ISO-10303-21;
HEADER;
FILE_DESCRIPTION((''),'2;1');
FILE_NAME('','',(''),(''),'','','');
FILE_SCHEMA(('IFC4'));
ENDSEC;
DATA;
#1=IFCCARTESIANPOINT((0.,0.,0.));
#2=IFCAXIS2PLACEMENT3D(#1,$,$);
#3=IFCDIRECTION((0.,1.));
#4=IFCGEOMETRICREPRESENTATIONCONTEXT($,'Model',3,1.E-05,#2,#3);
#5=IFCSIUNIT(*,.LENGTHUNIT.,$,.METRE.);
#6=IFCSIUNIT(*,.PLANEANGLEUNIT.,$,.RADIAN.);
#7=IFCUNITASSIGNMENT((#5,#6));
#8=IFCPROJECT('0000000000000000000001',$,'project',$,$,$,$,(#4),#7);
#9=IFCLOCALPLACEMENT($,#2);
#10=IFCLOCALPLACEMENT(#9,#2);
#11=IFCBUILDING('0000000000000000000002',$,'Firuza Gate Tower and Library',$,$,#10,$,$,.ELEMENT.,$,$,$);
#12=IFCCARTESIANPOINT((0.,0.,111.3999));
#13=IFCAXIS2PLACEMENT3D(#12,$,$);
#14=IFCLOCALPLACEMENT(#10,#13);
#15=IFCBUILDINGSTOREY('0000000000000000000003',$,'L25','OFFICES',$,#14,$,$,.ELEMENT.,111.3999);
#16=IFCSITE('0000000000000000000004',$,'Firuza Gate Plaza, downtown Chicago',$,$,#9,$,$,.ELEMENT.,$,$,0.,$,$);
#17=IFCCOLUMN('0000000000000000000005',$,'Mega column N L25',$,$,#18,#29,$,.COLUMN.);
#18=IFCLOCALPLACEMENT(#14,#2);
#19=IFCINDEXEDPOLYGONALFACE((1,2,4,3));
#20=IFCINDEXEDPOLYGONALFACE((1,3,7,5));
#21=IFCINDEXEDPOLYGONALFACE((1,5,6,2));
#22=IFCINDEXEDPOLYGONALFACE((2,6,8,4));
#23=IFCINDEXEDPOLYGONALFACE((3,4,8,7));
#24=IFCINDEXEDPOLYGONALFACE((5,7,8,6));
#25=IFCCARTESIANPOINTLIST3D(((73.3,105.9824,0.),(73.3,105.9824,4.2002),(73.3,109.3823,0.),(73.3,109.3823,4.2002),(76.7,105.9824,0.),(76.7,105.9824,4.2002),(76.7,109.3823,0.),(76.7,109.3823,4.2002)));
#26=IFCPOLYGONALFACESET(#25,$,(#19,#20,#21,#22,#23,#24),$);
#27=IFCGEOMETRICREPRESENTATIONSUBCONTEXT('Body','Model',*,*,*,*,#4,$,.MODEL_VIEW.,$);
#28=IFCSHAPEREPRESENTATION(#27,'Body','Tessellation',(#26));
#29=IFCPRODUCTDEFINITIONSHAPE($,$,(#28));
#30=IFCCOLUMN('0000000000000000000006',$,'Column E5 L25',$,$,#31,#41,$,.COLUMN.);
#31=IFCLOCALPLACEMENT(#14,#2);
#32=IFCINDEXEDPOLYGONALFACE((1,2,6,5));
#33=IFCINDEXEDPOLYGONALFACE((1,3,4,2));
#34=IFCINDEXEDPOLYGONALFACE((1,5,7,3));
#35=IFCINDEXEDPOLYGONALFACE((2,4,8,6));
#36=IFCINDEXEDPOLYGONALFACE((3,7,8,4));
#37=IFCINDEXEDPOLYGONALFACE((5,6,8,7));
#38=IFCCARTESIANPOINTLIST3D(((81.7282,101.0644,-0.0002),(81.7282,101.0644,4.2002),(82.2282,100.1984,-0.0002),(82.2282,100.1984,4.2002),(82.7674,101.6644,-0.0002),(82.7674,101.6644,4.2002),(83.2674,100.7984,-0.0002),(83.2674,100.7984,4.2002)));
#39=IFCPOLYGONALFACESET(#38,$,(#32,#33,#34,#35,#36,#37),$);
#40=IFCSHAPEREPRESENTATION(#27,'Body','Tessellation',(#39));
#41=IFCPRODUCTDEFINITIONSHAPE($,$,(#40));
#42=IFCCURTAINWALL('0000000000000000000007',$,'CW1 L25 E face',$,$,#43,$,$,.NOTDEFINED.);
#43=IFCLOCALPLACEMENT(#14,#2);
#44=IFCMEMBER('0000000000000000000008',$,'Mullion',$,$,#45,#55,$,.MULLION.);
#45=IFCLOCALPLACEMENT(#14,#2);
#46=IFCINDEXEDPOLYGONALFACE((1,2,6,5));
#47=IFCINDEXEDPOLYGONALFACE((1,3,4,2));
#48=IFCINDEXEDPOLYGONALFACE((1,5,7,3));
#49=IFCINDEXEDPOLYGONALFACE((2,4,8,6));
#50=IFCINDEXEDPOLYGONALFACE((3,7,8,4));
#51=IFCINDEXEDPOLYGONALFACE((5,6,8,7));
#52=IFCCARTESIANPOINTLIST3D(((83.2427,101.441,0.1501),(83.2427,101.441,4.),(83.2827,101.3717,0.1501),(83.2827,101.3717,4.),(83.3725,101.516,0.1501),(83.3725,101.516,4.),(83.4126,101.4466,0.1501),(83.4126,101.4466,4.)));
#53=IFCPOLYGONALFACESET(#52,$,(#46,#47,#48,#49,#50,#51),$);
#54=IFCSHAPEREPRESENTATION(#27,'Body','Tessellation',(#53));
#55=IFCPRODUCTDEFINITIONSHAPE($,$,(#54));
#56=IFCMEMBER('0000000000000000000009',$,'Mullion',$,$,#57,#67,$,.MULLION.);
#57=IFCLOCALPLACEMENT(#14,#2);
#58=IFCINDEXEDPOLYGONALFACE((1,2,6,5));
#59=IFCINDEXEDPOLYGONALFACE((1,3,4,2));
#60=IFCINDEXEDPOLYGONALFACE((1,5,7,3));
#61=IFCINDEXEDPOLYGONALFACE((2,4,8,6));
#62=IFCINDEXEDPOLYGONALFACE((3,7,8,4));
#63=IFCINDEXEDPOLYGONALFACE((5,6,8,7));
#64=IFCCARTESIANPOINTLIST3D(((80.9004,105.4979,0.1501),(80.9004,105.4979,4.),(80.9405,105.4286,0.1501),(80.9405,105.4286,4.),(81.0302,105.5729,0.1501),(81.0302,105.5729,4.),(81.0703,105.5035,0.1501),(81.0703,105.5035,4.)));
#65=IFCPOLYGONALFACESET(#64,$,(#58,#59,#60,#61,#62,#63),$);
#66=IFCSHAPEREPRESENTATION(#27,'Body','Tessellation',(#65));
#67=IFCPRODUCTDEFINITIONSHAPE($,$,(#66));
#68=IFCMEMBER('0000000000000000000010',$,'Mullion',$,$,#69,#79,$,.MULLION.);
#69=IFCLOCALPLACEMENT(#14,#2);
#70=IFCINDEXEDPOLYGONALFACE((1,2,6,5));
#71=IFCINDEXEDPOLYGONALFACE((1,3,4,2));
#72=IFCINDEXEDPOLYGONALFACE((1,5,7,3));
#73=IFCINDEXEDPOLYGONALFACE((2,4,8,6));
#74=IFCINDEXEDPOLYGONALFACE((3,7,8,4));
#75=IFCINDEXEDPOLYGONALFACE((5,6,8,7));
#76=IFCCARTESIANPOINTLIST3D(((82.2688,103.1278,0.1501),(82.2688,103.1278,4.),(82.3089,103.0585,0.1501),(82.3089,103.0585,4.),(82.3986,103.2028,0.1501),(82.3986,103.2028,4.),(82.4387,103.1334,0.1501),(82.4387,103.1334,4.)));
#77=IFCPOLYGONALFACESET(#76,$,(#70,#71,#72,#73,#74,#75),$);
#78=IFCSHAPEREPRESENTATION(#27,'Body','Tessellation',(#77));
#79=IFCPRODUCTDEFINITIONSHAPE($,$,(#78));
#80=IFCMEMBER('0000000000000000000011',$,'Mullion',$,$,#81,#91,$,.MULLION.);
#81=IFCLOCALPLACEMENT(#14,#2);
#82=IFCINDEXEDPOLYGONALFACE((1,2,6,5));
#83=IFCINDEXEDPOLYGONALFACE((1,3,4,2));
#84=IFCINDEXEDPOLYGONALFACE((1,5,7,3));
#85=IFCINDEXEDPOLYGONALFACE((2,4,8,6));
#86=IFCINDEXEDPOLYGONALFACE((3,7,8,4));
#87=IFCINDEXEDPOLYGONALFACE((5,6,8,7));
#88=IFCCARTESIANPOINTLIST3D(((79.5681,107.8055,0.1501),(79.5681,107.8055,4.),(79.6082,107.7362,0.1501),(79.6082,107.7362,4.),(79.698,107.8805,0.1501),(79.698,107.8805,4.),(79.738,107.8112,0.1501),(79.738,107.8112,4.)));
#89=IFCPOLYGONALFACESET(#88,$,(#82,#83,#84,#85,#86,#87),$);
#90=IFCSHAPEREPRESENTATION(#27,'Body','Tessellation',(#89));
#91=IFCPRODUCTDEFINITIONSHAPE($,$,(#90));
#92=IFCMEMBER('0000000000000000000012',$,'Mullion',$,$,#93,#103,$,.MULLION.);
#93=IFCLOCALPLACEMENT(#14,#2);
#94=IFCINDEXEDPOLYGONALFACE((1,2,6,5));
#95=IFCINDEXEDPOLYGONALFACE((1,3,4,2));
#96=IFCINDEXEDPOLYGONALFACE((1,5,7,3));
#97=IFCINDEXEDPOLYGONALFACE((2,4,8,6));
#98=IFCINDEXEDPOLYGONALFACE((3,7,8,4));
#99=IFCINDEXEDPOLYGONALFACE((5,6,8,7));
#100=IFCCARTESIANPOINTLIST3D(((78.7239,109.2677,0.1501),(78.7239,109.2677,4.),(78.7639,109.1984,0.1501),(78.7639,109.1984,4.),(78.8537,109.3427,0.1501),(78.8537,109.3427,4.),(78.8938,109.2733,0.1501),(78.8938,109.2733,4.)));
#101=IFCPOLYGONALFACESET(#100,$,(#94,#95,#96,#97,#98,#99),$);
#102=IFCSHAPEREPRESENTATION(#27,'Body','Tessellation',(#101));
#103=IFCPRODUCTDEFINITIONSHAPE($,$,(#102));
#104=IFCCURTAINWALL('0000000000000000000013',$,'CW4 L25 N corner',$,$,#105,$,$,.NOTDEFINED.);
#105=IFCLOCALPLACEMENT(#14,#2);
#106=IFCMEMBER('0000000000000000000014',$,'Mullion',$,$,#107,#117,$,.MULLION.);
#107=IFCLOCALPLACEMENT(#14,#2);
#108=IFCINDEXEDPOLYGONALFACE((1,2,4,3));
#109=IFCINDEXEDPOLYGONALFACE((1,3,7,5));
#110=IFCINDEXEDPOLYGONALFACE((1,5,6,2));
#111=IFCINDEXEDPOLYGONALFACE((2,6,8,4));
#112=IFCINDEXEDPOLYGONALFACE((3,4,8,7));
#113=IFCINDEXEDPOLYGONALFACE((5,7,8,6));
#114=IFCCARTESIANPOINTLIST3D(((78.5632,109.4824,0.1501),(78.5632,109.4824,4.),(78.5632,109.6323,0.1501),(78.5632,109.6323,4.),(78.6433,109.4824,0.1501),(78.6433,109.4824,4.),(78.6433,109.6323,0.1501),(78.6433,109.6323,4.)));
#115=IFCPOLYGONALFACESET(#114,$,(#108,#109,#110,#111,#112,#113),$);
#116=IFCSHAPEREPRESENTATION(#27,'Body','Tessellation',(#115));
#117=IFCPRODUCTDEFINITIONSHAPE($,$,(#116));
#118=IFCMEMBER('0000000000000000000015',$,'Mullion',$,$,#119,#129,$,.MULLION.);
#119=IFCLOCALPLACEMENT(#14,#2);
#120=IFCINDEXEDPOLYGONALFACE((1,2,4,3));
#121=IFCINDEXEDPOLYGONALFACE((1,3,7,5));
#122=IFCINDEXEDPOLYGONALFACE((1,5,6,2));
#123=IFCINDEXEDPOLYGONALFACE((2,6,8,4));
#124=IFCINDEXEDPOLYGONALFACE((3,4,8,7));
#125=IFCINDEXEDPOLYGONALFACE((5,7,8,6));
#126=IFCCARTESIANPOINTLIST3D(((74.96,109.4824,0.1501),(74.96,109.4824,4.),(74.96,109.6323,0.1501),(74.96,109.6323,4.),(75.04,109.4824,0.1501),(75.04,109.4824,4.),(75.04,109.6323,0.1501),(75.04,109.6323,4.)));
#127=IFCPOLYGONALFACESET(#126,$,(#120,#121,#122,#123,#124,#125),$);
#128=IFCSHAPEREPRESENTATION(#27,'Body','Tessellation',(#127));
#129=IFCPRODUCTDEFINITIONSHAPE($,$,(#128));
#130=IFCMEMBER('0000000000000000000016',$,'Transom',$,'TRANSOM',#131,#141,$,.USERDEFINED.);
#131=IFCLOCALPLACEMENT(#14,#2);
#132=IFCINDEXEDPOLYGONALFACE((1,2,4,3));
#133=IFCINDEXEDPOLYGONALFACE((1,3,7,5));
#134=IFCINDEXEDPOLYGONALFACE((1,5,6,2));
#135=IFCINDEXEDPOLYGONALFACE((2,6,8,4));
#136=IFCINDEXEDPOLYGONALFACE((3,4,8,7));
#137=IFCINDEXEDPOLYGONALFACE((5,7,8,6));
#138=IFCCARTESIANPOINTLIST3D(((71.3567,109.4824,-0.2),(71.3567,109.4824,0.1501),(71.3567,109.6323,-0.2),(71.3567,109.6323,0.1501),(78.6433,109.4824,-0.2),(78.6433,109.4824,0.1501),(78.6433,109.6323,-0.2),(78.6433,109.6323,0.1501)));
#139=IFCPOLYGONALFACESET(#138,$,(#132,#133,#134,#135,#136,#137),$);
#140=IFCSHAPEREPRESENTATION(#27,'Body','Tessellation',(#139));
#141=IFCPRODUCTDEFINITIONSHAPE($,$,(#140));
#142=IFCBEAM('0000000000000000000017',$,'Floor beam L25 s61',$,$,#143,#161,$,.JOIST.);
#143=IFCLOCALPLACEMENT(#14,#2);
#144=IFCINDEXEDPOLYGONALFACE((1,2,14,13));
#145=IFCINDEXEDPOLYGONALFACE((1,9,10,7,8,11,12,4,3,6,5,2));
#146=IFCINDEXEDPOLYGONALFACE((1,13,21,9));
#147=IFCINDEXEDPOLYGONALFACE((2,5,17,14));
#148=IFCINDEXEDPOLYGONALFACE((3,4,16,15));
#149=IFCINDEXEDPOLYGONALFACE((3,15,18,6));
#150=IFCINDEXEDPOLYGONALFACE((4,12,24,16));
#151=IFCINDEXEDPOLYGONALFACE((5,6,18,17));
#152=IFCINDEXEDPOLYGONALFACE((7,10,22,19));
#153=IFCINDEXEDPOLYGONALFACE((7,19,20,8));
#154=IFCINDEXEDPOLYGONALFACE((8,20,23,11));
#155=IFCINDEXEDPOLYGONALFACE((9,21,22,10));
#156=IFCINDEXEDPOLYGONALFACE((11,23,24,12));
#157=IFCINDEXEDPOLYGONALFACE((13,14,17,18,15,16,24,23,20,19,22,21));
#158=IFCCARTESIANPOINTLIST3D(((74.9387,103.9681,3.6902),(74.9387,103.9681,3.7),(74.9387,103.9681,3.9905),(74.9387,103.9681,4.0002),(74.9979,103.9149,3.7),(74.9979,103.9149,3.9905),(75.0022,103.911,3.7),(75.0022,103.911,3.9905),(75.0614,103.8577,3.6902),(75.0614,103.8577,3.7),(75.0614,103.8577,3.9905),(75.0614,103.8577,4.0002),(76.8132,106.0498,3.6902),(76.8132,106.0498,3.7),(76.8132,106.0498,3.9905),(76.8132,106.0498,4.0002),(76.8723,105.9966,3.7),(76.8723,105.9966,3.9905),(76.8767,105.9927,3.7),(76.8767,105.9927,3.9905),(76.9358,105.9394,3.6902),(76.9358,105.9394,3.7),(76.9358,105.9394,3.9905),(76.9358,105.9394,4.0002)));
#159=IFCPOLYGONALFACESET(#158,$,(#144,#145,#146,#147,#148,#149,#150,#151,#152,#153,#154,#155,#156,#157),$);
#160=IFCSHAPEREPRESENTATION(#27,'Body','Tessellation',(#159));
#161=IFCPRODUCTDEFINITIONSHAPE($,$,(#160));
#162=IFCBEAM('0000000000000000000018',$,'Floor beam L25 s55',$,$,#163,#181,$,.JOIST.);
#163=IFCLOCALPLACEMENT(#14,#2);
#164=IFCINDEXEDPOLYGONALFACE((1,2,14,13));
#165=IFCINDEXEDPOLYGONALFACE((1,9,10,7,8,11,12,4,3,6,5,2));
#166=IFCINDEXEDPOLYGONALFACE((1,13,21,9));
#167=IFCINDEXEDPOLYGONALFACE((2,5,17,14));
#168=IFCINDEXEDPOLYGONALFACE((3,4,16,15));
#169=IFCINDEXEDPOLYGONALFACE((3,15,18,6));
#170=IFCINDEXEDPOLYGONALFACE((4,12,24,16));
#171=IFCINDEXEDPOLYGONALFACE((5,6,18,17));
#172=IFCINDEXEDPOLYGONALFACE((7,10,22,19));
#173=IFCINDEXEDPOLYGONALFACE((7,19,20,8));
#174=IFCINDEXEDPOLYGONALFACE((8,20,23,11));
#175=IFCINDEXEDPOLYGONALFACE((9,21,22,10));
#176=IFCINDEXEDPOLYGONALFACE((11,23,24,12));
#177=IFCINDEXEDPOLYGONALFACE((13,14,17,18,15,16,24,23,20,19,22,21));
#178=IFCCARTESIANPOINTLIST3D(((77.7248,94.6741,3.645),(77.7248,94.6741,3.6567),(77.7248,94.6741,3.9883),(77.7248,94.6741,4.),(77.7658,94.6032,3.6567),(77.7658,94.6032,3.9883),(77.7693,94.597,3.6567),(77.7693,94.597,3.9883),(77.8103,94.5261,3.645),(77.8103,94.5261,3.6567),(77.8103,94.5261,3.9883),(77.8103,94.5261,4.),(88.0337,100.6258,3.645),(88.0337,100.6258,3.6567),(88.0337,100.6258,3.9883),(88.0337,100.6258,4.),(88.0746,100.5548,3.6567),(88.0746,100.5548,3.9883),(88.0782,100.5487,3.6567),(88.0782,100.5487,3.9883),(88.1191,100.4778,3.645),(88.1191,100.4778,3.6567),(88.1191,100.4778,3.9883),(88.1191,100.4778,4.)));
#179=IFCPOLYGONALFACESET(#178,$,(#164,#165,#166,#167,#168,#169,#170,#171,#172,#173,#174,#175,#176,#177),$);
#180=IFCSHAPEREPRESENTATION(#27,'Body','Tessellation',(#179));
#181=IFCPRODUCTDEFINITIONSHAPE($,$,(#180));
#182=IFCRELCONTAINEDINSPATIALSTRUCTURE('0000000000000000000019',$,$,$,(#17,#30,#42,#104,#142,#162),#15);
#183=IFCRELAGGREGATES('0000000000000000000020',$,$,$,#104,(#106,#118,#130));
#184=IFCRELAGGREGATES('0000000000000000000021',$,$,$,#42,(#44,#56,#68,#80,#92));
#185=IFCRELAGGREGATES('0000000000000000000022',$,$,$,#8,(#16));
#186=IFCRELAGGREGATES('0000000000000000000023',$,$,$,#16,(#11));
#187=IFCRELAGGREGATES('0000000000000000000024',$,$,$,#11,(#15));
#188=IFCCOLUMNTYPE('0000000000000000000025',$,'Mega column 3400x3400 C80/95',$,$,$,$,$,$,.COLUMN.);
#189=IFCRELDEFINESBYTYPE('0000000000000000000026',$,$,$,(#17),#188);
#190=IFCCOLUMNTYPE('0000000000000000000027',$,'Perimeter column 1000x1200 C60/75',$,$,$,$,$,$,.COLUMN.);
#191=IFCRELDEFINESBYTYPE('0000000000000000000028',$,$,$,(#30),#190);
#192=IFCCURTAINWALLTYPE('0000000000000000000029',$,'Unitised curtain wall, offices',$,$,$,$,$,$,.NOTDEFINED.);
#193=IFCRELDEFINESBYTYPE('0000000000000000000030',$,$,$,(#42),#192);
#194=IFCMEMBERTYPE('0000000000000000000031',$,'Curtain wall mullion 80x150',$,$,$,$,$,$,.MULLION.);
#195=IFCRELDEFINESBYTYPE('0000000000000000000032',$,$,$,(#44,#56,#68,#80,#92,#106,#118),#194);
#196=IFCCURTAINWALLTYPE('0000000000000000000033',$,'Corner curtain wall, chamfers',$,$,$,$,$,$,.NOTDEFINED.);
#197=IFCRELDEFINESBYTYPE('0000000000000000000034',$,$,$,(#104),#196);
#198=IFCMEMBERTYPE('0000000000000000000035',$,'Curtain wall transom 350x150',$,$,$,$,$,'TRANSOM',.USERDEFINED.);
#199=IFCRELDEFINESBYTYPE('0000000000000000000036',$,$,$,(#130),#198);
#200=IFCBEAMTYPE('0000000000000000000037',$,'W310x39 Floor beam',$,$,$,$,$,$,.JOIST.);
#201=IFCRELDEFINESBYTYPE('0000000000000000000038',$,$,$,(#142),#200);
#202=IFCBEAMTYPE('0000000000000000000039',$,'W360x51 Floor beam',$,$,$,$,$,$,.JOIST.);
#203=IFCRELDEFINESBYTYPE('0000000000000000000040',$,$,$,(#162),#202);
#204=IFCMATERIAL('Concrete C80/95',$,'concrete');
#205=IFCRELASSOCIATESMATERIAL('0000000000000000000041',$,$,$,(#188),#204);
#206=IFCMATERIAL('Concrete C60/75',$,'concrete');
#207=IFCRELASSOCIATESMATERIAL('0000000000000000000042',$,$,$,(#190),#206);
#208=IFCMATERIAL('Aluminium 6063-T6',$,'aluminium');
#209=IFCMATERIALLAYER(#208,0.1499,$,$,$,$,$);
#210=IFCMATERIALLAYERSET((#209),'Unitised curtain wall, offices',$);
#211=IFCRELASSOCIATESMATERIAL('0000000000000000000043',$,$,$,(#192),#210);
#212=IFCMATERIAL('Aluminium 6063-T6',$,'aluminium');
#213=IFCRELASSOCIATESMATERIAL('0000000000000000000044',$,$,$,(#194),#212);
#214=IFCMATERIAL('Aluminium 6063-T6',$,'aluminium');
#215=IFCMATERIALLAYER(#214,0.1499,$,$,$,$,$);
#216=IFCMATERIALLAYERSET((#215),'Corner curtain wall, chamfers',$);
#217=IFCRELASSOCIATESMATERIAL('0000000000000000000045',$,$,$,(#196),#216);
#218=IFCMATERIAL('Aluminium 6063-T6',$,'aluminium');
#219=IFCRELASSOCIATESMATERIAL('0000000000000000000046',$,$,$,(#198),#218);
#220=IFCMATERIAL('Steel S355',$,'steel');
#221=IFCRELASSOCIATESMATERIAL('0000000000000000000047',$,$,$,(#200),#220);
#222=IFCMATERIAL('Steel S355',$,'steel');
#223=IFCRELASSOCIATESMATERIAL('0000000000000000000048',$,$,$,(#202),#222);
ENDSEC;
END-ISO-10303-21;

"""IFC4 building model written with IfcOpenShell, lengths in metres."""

from ifc_helpers import new_model, si_unit, direction, frame, origin, origin_2d, place, context, subcontext, project, spatial, rectangle, i_section, extrude, material, layer, layer_set, material_profile, profile_set, type_object, element, aggregate, save


model = new_model("IFC4")

# Units and contexts
model_context = context("Model", 3, precision=1e-05, world=origin(), true_north=direction((0.0, 1.0)))
body_context = subcontext(model_context, "Body", "Model", "MODEL_VIEW")
ifc_project = project(units=[si_unit("LENGTHUNIT", "METRE"), si_unit("PLANEANGLEUNIT", "RADIAN")], contexts=[model_context])

# Site, building, storey
site_placement = place(None, origin())
site = spatial("IfcSite", under=ifc_project, at=site_placement, Name="Firuza Gate Plaza, downtown Chicago", CompositionType="ELEMENT", RefElevation=0.0)
building_placement = place(site_placement, origin())
building = spatial("IfcBuilding", under=site, at=building_placement, Name="Firuza Gate Tower and Library", CompositionType="ELEMENT")
storey_placement = place(building_placement, frame((0.0, 0.0, 111.3999)))
storey = spatial("IfcBuildingStorey", under=building, at=storey_placement, Name="L25", Description="OFFICES", CompositionType="ELEMENT", Elevation=111.3999)

# Columns
ifc_material_1 = material(Name="Concrete C80/95", Category="concrete")
ifc_material_profile_1 = material_profile(ifc_material_1, rectangle(XDim=3.3999, YDim=3.3999, at=origin_2d()))
ifc_profile_set_1 = profile_set([ifc_material_profile_1], Name="Concrete C80/95")
column_type_1 = type_object("IfcColumnType", Name="Mega column 3400x3400 C80/95", PredefinedType="COLUMN", material=ifc_profile_set_1)
column_1_placement = place(storey_placement, frame((75.0, 107.6824, 0.0), z_axis=(0.0, 0.0, 1.0), x_axis=(-1.0, 0.0, 0.0)))
element("IfcColumn", 1, at=column_1_placement, inside=storey, type_object=column_type_1, Name="Mega column N L25", PredefinedType="COLUMN", context=body_context, shape_type="SweptSolid", body=[
    extrude(rectangle(XDim=3.3999, YDim=3.3999, at=origin_2d()), origin(), (0.0, 0.0, 1.0), 4.2002),
])
ifc_material_2 = material(Name="Concrete C60/75", Category="concrete")
ifc_material_profile_2 = material_profile(ifc_material_2, rectangle(XDim=1.0, YDim=1.2, at=origin_2d()))
ifc_profile_set_2 = profile_set([ifc_material_profile_2], Name="Concrete C60/75")
column_type_2 = type_object("IfcColumnType", Name="Perimeter column 1000x1200 C60/75", PredefinedType="COLUMN", material=ifc_profile_set_2)
column_2_placement = place(storey_placement, frame((82.4978, 100.9314, -0.0002), z_axis=(0.0, 0.0, 1.0), x_axis=(-0.5, 0.866025, 0.0)))
element("IfcColumn", 2, at=column_2_placement, inside=storey, type_object=column_type_2, Name="Column E5 L25", PredefinedType="COLUMN", context=body_context, shape_type="SweptSolid", body=[
    extrude(rectangle(XDim=1.0, YDim=1.2, at=origin_2d()), origin(), (0.0, 0.0, 1.0), 4.2004),
])

# Curtain walls, members
ifc_material_3 = material(Name="Aluminium 6063-T6", Category="aluminium")
ifc_layer_1 = layer(ifc_material_3, 0.1499)
ifc_layer_set_1 = layer_set([ifc_layer_1], Name="Unitised curtain wall, offices")
curtain_wall_type_1 = type_object("IfcCurtainWallType", Name="Unitised curtain wall, offices", PredefinedType="NOTDEFINED", material=ifc_layer_set_1)
placement = place(storey_placement, origin())
curtain_wall_1 = element("IfcCurtainWall", 3, at=placement, inside=storey, type_object=curtain_wall_type_1, Name="CW1 L25 E face", PredefinedType="NOTDEFINED")
ifc_material_4 = material(Name="Aluminium 6063-T6", Category="aluminium")
ifc_material_profile_3 = material_profile(ifc_material_4, rectangle(XDim=0.1499, YDim=0.0801, at=origin_2d()))
ifc_profile_set_3 = profile_set([ifc_material_profile_3], Name="Aluminium 6063-T6")
member_type_1 = type_object("IfcMemberType", Name="Curtain wall mullion 80x150", PredefinedType="MULLION", material=ifc_profile_set_3)
member_1_placement = place(storey_placement, frame((83.3276, 101.4438, 0.1501), z_axis=(0.0, 0.0, 1.0), x_axis=(-0.866025, -0.5, 0.0)))
member_1 = element("IfcMember", 4, at=member_1_placement, type_object=member_type_1, Name="Mullion", PredefinedType="MULLION", context=body_context, shape_type="SweptSolid", body=[
    extrude(rectangle(XDim=0.1499, YDim=0.0801, at=origin_2d()), origin(), (0.0, 0.0, 1.0), 3.8499),
])
member_2_placement = place(storey_placement, frame((80.9854, 105.5007, 0.1501), z_axis=(0.0, 0.0, 1.0), x_axis=(-0.866025, -0.5, 0.0)))
member_2 = element("IfcMember", 5, at=member_2_placement, type_object=member_type_1, Name="Mullion", PredefinedType="MULLION", context=body_context, shape_type="SweptSolid", body=[
    extrude(rectangle(XDim=0.1499, YDim=0.0801, at=origin_2d()), origin(), (0.0, 0.0, 1.0), 3.8499),
])
member_3_placement = place(storey_placement, frame((82.3538, 103.1306, 0.1501), z_axis=(0.0, 0.0, 1.0), x_axis=(-0.866025, -0.5, 0.0)))
member_3 = element("IfcMember", 6, at=member_3_placement, type_object=member_type_1, Name="Mullion", PredefinedType="MULLION", context=body_context, shape_type="SweptSolid", body=[
    extrude(rectangle(XDim=0.1499, YDim=0.0801, at=origin_2d()), origin(), (0.0, 0.0, 1.0), 3.8499),
])
member_4_placement = place(storey_placement, frame((79.6531, 107.8083, 0.1501), z_axis=(0.0, 0.0, 1.0), x_axis=(-0.866025, -0.5, 0.0)))
member_4 = element("IfcMember", 7, at=member_4_placement, type_object=member_type_1, Name="Mullion", PredefinedType="MULLION", context=body_context, shape_type="SweptSolid", body=[
    extrude(rectangle(XDim=0.1499, YDim=0.0801, at=origin_2d()), origin(), (0.0, 0.0, 1.0), 3.8499),
])
member_5_placement = place(storey_placement, frame((78.8088, 109.2705, 0.1501), z_axis=(0.0, 0.0, 1.0), x_axis=(-0.866025, -0.5, 0.0)))
member_5 = element("IfcMember", 8, at=member_5_placement, type_object=member_type_1, Name="Mullion", PredefinedType="MULLION", context=body_context, shape_type="SweptSolid", body=[
    extrude(rectangle(XDim=0.1499, YDim=0.0801, at=origin_2d()), origin(), (0.0, 0.0, 1.0), 3.8499),
])
ifc_material_5 = material(Name="Aluminium 6063-T6", Category="aluminium")
ifc_layer_2 = layer(ifc_material_5, 0.1499)
ifc_layer_set_2 = layer_set([ifc_layer_2], Name="Corner curtain wall, chamfers")
curtain_wall_type_2 = type_object("IfcCurtainWallType", Name="Corner curtain wall, chamfers", PredefinedType="NOTDEFINED", material=ifc_layer_set_2)
curtain_wall_2 = element("IfcCurtainWall", 9, at=placement, inside=storey, type_object=curtain_wall_type_2, Name="CW4 L25 N corner", PredefinedType="NOTDEFINED")
member_6_placement = place(storey_placement, frame((78.6033, 109.5574, 0.1501), z_axis=(0.0, 0.0, 1.0), x_axis=(0.0, -1.0, 0.0)))
member_6 = element("IfcMember", 10, at=member_6_placement, type_object=member_type_1, Name="Mullion", PredefinedType="MULLION", context=body_context, shape_type="SweptSolid", body=[
    extrude(rectangle(XDim=0.1499, YDim=0.0801, at=origin_2d()), origin(), (0.0, 0.0, 1.0), 3.8499),
])
member_7_placement = place(storey_placement, frame((75.0, 109.5574, 0.1501), z_axis=(0.0, 0.0, 1.0), x_axis=(0.0, -1.0, 0.0)))
member_7 = element("IfcMember", 11, at=member_7_placement, type_object=member_type_1, Name="Mullion", PredefinedType="MULLION", context=body_context, shape_type="SweptSolid", body=[
    extrude(rectangle(XDim=0.1499, YDim=0.0801, at=origin_2d()), origin(), (0.0, 0.0, 1.0), 3.8499),
])
ifc_material_6 = material(Name="Aluminium 6063-T6", Category="aluminium")
ifc_material_profile_4 = material_profile(ifc_material_6, rectangle(XDim=0.1499, YDim=0.3501, at=origin_2d()))
ifc_profile_set_4 = profile_set([ifc_material_profile_4], Name="Aluminium 6063-T6")
member_type_2 = type_object("IfcMemberType", Name="Curtain wall transom 350x150", ElementType="TRANSOM", PredefinedType="USERDEFINED", material=ifc_profile_set_4)
member_8_placement = place(storey_placement, frame((78.6433, 109.5574, -0.0249), z_axis=(-1.0, 0.0, 0.0), x_axis=(0.0, -1.0, 0.0)))
member_8 = element("IfcMember", 12, at=member_8_placement, type_object=member_type_2, Name="Transom", ObjectType="TRANSOM", PredefinedType="USERDEFINED", context=body_context, shape_type="SweptSolid", body=[
    extrude(rectangle(XDim=0.1499, YDim=0.3501, at=origin_2d()), origin(), (0.0, 0.0, 1.0), 7.2866),
])

# Beams
ifc_material_7 = material(Name="Steel S355", Category="steel")
ifc_material_profile_5 = material_profile(ifc_material_7, i_section(OverallWidth=0.165, OverallDepth=0.3101, WebThickness=0.0059, FlangeThickness=0.0098, at=origin_2d()))
ifc_profile_set_5 = profile_set([ifc_material_profile_5], Name="Steel S355")
beam_type_1 = type_object("IfcBeamType", Name="W310x39 Floor beam", PredefinedType="JOIST", material=ifc_profile_set_5)
beam_1_placement = place(storey_placement, frame((76.8745, 105.9946, 3.8452), z_axis=(-0.669143, -0.743134, 0.0), x_axis=(0.743134, -0.669143, 0.0)))
element("IfcBeam", 13, at=beam_1_placement, inside=storey, type_object=beam_type_1, Name="Floor beam L25 s61", PredefinedType="JOIST", context=body_context, shape_type="SweptSolid", body=[
    extrude(i_section(OverallWidth=0.165, OverallDepth=0.3101, WebThickness=0.0059, FlangeThickness=0.0098, at=origin_2d()), origin(), (0.0, 0.0, 1.0), 2.8013),
])
ifc_material_8 = material(Name="Steel S355", Category="steel")
ifc_material_profile_6 = material_profile(ifc_material_8, i_section(OverallWidth=0.1709, OverallDepth=0.355, WebThickness=0.0071, FlangeThickness=0.0117, at=origin_2d()))
ifc_profile_set_6 = profile_set([ifc_material_profile_6], Name="Steel S355")
beam_type_2 = type_object("IfcBeamType", Name="W360x51 Floor beam", PredefinedType="JOIST", material=ifc_profile_set_6)
beam_2_placement = place(storey_placement, frame((88.0764, 100.5518, 3.8225), z_axis=(-0.866031, -0.499991, 0.0), x_axis=(0.499991, -0.866031, 0.0)))
element("IfcBeam", 14, at=beam_2_placement, inside=storey, type_object=beam_type_2, Name="Floor beam L25 s55", PredefinedType="JOIST", context=body_context, shape_type="SweptSolid", body=[
    extrude(i_section(OverallWidth=0.1709, OverallDepth=0.355, WebThickness=0.0071, FlangeThickness=0.0117, at=origin_2d()), origin(), (0.0, 0.0, 1.0), 11.9036),
])

aggregate(curtain_wall_2, [member_6, member_7, member_8])
aggregate(curtain_wall_1, [member_1, member_2, member_3, member_4, member_5])

save(model, "model.ifc")
